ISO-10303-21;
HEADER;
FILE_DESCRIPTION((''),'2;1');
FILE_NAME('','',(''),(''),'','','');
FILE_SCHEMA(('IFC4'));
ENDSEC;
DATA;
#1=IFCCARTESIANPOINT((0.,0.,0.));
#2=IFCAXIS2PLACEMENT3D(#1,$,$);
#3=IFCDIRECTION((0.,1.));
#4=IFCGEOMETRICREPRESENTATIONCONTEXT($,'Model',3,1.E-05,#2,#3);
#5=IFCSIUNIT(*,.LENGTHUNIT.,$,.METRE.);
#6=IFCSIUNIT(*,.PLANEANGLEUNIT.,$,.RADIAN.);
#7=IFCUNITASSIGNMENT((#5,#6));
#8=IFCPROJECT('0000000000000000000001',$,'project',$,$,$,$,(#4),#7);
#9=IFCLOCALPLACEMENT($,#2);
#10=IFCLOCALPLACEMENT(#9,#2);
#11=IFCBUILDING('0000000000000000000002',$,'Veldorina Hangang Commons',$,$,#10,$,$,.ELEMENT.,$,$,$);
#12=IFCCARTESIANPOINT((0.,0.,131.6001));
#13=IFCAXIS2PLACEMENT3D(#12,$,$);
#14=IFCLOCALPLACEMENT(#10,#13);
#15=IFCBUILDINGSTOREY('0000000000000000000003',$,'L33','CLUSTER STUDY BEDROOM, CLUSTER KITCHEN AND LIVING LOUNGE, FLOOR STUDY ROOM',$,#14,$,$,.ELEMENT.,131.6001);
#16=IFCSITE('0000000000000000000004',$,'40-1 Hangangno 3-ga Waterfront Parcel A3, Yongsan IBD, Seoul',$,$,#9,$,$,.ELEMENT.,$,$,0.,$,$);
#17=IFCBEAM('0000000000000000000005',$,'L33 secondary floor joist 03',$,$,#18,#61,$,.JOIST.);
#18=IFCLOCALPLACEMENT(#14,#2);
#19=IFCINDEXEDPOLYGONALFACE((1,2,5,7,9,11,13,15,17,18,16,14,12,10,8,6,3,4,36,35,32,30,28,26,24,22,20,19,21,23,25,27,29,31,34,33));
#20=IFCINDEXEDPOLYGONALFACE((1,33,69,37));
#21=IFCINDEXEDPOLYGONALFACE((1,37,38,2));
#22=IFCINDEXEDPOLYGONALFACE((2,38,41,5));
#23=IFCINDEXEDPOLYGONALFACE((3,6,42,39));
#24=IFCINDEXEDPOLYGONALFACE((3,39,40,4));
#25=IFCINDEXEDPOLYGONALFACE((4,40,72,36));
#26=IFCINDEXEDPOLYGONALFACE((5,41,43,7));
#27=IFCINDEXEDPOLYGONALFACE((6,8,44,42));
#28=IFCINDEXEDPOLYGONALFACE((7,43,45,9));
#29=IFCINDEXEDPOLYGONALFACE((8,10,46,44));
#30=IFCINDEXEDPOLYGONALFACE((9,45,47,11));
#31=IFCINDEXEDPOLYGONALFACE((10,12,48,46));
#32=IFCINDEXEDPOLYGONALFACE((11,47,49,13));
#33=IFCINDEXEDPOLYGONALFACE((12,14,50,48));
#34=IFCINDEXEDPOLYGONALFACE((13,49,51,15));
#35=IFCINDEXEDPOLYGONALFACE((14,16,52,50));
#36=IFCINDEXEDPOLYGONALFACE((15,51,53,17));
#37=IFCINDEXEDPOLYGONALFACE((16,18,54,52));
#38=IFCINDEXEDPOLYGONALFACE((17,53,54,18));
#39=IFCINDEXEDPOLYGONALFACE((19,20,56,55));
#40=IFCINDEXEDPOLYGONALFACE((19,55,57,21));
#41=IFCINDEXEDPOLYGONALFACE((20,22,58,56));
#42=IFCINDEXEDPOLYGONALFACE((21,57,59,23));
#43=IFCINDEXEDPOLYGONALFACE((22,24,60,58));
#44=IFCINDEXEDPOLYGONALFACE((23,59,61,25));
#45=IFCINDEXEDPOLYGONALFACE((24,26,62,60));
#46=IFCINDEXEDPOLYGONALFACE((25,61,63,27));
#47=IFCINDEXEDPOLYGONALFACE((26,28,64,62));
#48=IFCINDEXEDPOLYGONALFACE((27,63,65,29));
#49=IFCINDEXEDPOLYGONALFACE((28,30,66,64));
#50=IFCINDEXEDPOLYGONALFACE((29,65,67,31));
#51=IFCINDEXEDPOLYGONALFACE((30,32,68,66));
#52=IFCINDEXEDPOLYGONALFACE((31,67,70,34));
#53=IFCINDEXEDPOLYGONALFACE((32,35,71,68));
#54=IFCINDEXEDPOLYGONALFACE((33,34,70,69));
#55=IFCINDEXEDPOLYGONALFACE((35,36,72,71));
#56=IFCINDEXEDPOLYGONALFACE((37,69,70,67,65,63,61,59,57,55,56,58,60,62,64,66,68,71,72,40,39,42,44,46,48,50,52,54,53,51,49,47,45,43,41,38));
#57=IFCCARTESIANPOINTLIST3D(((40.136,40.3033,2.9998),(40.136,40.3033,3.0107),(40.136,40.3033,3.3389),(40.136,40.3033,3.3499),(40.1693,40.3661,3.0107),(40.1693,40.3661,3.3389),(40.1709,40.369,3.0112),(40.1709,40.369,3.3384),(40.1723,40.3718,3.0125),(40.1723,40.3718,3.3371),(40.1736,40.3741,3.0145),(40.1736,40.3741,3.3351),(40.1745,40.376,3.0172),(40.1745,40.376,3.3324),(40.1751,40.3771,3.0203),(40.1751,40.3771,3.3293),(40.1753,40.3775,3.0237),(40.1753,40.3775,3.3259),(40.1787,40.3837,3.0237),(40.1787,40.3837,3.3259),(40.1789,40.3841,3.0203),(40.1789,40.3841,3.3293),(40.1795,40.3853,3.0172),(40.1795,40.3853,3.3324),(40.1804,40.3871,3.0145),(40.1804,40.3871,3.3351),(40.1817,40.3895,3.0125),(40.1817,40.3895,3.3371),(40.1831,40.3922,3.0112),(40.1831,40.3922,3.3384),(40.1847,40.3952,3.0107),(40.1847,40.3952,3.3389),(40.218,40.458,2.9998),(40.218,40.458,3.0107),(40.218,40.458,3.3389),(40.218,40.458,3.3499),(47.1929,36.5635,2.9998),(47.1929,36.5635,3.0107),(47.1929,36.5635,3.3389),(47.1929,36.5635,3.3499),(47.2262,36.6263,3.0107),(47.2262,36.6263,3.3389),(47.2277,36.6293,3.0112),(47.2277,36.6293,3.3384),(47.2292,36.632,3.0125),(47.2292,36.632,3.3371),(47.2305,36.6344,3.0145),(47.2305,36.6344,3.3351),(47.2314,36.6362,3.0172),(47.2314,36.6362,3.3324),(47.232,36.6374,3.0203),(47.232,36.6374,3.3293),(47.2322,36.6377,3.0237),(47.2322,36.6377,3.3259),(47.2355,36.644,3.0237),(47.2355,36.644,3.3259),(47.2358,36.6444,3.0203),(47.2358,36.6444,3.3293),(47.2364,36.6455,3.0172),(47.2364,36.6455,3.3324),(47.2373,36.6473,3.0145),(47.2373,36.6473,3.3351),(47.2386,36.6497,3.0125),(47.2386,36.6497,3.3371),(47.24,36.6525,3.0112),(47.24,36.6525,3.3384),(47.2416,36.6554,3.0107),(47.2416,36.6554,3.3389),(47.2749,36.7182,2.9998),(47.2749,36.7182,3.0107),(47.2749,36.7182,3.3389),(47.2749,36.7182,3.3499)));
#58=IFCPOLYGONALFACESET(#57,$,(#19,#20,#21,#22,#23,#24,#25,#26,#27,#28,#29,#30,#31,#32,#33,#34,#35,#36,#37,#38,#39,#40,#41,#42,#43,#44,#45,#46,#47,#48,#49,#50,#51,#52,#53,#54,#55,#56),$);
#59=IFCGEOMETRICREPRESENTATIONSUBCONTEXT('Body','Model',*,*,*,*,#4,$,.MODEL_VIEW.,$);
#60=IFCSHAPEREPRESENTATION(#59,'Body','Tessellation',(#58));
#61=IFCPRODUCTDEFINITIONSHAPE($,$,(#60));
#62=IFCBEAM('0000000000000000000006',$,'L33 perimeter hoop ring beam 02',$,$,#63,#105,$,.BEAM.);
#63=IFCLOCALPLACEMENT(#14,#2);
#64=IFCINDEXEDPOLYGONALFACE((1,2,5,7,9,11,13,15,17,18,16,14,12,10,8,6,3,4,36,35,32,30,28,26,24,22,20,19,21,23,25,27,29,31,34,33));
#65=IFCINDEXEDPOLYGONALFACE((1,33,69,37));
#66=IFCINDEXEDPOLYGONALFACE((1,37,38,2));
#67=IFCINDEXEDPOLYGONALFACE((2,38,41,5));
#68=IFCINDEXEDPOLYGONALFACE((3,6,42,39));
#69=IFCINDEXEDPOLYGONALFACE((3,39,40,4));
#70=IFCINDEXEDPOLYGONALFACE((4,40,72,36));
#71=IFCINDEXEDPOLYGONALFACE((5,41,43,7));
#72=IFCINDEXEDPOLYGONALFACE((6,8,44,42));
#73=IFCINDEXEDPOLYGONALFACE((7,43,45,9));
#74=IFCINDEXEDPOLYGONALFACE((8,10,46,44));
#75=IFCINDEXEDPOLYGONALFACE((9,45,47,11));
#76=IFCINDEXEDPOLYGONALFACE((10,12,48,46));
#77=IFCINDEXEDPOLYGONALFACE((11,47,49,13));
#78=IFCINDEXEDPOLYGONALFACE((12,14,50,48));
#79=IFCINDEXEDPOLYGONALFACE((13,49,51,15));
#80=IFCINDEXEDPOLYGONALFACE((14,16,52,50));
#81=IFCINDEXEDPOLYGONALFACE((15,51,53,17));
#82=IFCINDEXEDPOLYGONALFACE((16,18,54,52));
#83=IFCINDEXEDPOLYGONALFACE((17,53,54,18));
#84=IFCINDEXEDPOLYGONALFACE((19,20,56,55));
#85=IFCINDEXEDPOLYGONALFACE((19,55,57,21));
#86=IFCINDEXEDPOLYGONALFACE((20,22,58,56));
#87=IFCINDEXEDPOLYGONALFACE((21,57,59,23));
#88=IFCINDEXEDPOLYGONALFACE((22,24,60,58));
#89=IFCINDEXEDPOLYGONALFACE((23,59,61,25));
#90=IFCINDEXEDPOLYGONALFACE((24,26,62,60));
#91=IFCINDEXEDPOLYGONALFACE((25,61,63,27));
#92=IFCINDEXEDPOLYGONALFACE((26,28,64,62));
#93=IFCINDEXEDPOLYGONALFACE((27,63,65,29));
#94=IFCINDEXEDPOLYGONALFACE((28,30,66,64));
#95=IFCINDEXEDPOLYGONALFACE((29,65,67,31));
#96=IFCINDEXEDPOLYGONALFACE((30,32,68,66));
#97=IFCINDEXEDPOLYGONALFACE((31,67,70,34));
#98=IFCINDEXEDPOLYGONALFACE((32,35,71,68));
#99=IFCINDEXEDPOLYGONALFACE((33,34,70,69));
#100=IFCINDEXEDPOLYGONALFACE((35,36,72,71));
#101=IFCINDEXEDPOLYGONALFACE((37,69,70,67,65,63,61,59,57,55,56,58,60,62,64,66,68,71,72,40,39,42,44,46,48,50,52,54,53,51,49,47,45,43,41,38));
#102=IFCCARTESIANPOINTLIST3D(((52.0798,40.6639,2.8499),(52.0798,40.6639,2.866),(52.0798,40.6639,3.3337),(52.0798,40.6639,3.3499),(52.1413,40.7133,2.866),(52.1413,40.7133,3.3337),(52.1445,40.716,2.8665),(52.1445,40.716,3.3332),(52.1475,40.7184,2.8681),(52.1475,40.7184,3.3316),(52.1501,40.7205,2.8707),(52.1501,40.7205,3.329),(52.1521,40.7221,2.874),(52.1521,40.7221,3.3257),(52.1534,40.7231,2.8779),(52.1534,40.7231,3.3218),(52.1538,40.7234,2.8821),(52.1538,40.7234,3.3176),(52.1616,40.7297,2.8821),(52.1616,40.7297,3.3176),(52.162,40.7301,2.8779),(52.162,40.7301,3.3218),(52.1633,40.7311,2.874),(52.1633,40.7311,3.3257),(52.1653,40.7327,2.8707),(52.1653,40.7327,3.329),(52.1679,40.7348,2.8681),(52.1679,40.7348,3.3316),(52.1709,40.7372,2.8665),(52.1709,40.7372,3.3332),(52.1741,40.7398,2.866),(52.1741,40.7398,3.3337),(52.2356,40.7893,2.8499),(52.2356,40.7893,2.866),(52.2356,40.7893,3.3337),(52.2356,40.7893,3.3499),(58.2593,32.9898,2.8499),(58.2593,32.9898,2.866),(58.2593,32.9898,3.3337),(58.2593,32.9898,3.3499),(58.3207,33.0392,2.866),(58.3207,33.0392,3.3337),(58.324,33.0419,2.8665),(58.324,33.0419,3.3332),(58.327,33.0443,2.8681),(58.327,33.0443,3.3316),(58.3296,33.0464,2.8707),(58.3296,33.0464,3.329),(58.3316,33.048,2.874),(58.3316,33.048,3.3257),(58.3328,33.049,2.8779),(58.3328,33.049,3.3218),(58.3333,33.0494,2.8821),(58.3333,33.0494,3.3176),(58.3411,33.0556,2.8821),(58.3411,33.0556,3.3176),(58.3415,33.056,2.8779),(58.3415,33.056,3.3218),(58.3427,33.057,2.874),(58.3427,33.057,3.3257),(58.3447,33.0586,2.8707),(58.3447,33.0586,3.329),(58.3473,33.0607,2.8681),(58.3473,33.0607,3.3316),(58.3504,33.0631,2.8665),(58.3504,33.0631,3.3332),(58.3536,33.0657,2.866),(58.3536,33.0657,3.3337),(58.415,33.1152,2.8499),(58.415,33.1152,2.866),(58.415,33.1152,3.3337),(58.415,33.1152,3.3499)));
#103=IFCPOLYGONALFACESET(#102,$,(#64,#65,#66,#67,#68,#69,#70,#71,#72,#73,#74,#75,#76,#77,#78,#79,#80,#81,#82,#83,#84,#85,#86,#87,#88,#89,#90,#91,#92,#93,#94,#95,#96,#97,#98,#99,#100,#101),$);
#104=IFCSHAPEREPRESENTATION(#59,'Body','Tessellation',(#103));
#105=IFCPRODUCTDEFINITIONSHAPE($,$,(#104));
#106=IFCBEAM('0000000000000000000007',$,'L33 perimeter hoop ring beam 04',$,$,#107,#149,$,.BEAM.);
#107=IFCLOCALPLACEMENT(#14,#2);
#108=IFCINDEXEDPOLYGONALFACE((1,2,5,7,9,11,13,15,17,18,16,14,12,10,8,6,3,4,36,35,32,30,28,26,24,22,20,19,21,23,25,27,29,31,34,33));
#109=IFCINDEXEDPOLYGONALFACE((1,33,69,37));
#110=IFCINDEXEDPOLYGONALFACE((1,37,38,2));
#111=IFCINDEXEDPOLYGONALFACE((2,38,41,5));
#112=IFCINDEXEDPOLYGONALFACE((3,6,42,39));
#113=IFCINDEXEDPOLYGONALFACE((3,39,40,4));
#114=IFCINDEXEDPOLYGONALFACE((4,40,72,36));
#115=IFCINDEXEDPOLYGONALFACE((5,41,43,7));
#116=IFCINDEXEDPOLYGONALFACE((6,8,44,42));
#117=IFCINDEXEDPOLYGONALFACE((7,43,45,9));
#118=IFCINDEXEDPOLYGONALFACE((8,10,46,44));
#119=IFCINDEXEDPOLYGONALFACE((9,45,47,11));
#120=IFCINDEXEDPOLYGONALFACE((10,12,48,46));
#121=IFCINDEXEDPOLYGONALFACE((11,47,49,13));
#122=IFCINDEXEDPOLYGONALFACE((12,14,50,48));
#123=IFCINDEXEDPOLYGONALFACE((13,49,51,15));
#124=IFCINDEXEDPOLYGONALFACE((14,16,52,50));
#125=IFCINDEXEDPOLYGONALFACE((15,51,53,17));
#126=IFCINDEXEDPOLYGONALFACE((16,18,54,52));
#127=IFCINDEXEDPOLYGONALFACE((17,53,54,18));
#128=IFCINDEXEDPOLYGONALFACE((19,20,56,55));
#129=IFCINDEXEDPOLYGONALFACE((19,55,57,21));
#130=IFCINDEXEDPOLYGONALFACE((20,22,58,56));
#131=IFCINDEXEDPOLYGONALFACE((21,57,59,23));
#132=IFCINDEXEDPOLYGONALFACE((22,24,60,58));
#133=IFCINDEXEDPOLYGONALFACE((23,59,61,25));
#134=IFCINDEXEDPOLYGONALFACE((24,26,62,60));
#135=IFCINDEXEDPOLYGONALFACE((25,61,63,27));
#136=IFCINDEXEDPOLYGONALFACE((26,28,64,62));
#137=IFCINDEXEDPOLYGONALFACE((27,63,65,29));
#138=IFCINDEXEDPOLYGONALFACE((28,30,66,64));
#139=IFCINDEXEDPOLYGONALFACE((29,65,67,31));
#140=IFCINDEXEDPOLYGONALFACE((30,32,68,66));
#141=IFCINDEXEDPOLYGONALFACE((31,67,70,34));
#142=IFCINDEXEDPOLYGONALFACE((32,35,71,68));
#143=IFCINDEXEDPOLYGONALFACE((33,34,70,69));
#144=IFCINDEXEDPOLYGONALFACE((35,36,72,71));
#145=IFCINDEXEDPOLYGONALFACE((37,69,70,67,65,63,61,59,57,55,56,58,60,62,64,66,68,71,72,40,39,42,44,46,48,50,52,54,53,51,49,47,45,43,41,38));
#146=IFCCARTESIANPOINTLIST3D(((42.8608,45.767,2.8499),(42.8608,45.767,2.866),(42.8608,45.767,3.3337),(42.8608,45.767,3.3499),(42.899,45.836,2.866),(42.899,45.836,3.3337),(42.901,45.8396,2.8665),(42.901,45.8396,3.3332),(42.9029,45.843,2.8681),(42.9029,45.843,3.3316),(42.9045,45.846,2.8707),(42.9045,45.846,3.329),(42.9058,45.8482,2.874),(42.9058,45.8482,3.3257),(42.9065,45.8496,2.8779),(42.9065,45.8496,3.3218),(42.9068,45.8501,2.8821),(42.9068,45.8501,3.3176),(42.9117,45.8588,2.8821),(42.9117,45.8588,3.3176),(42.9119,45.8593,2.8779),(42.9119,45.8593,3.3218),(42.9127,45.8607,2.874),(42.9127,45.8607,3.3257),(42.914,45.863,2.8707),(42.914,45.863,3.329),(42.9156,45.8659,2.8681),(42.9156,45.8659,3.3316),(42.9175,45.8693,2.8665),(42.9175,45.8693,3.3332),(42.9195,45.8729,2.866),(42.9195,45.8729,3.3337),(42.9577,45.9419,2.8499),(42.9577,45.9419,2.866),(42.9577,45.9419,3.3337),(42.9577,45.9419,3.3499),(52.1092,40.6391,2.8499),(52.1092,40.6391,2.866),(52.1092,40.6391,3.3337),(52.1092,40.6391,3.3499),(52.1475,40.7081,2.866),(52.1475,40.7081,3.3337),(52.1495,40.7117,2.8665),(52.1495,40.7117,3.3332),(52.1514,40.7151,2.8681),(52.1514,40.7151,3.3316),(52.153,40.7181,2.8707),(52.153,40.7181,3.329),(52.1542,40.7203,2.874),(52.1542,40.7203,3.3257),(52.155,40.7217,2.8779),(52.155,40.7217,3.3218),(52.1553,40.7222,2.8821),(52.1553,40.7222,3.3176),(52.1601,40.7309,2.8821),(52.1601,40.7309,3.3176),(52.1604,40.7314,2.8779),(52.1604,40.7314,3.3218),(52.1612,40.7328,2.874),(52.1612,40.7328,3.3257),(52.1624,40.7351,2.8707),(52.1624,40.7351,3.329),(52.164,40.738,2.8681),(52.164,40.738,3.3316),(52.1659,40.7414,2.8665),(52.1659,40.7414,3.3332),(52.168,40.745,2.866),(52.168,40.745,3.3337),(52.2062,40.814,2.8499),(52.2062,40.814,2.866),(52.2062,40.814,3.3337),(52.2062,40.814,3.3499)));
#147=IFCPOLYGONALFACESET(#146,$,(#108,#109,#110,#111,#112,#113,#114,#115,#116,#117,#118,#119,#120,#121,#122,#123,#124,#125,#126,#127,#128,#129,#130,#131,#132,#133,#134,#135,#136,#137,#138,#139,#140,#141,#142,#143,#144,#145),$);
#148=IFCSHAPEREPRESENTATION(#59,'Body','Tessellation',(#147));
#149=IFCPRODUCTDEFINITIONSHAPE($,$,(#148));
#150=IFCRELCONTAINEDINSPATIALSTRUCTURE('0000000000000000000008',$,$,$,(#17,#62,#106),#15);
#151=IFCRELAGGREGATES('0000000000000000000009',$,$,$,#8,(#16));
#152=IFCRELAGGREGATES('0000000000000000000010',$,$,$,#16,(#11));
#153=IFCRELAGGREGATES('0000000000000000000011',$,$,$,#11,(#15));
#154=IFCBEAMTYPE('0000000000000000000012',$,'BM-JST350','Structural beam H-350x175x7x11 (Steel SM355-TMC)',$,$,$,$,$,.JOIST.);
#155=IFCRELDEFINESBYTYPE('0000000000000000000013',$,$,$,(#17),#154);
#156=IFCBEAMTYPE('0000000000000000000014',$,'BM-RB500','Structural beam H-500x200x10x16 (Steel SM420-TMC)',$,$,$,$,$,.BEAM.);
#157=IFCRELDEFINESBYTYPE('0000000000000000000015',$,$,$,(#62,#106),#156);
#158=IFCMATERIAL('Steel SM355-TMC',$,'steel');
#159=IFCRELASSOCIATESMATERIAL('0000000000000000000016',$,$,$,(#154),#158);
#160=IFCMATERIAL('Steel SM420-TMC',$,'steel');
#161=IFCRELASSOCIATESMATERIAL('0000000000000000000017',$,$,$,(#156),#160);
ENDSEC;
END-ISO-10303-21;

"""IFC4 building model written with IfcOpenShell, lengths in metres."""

from ifc_helpers import new_model, si_unit, direction, frame, origin, origin_2d, place, context, subcontext, project, spatial, i_section, extrude, material, material_profile, profile_set, type_object, element, save


model = new_model("IFC4")

# Units and contexts
model_context = context("Model", 3, precision=1e-05, world=origin(), true_north=direction((0.0, 1.0)))
body_context = subcontext(model_context, "Body", "Model", "MODEL_VIEW")
ifc_project = project(units=[si_unit("LENGTHUNIT", "METRE"), si_unit("PLANEANGLEUNIT", "RADIAN")], contexts=[model_context])

# Site, building, storey
site_placement = place(None, origin())
site = spatial("IfcSite", under=ifc_project, at=site_placement, Name="40-1 Hangangno 3-ga Waterfront Parcel A3, Yongsan IBD, Seoul", CompositionType="ELEMENT", RefElevation=0.0)
building_placement = place(site_placement, origin())
building = spatial("IfcBuilding", under=site, at=building_placement, Name="Veldorina Hangang Commons", CompositionType="ELEMENT")
storey_placement = place(building_placement, frame((0.0, 0.0, 131.6001)))
storey = spatial("IfcBuildingStorey", under=building, at=storey_placement, Name="L33", Description="CLUSTER STUDY BEDROOM, CLUSTER KITCHEN AND LIVING LOUNGE, FLOOR STUDY ROOM", CompositionType="ELEMENT", Elevation=131.6001)

# Beams
ifc_material_1 = material(Name="Steel SM355-TMC", Category="steel")
ifc_material_profile_1 = material_profile(ifc_material_1, i_section(OverallWidth=0.175, OverallDepth=0.3501, WebThickness=0.0071, FlangeThickness=0.011, FilletRadius=0.0129, at=origin_2d()), Name="H-350x175x7x11")
ifc_profile_set_1 = profile_set([ifc_material_profile_1], Name="Steel SM355-TMC")
beam_type_1 = type_object("IfcBeamType", Name="BM-JST350", Description="Structural beam H-350x175x7x11 (Steel SM355-TMC)", PredefinedType="JOIST", material=ifc_profile_set_1)
beam_1_placement = place(storey_placement, frame((47.2339, 36.6409, 3.1748), z_axis=(-0.883594, 0.468254, 0.0), x_axis=(-0.468254, -0.883594, 0.0)))
element("IfcBeam", 1, at=beam_1_placement, inside=storey, type_object=beam_type_1, Name="L33 secondary floor joist 03", PredefinedType="JOIST", context=body_context, shape_type="SweptSolid", body=[
    extrude(i_section(OverallWidth=0.175, OverallDepth=0.3501, WebThickness=0.0071, FlangeThickness=0.011, FilletRadius=0.0129, at=origin_2d()), origin(), (0.0, 0.0, 1.0), 7.9866),
])
ifc_material_2 = material(Name="Steel SM420-TMC", Category="steel")
ifc_material_profile_2 = material_profile(ifc_material_2, i_section(OverallWidth=0.2, OverallDepth=0.5, WebThickness=0.01, FlangeThickness=0.0161, FilletRadius=0.0161, at=origin_2d()), Name="H-500x200x10x16")
ifc_profile_set_2 = profile_set([ifc_material_profile_2], Name="Steel SM420-TMC")
beam_type_2 = type_object("IfcBeamType", Name="BM-RB500", Description="Structural beam H-500x200x10x16 (Steel SM420-TMC)", PredefinedType="BEAM", material=ifc_profile_set_2)
beam_2_placement = place(storey_placement, frame((58.3372, 33.0525, 3.0999), z_axis=(-0.627179, 0.778875, 0.0), x_axis=(-0.778875, -0.627179, 0.0)))
element("IfcBeam", 2, at=beam_2_placement, inside=storey, type_object=beam_type_2, Name="L33 perimeter hoop ring beam 02", PredefinedType="BEAM", context=body_context, shape_type="SweptSolid", body=[
    extrude(i_section(OverallWidth=0.2, OverallDepth=0.5, WebThickness=0.01, FlangeThickness=0.0161, FilletRadius=0.0161, at=origin_2d()), origin(), (0.0, 0.0, 1.0), 9.8528),
])
beam_3_placement = place(storey_placement, frame((52.1577, 40.7266, 3.0999), z_axis=(-0.874564, 0.48491, 0.0), x_axis=(-0.48491, -0.874564, 0.0)))
element("IfcBeam", 3, at=beam_3_placement, inside=storey, type_object=beam_type_2, Name="L33 perimeter hoop ring beam 04", PredefinedType="BEAM", context=body_context, shape_type="SweptSolid", body=[
    extrude(i_section(OverallWidth=0.2, OverallDepth=0.5, WebThickness=0.01, FlangeThickness=0.0161, FilletRadius=0.0161, at=origin_2d()), origin(), (0.0, 0.0, 1.0), 10.575),
])

save(model, "model.ifc")
